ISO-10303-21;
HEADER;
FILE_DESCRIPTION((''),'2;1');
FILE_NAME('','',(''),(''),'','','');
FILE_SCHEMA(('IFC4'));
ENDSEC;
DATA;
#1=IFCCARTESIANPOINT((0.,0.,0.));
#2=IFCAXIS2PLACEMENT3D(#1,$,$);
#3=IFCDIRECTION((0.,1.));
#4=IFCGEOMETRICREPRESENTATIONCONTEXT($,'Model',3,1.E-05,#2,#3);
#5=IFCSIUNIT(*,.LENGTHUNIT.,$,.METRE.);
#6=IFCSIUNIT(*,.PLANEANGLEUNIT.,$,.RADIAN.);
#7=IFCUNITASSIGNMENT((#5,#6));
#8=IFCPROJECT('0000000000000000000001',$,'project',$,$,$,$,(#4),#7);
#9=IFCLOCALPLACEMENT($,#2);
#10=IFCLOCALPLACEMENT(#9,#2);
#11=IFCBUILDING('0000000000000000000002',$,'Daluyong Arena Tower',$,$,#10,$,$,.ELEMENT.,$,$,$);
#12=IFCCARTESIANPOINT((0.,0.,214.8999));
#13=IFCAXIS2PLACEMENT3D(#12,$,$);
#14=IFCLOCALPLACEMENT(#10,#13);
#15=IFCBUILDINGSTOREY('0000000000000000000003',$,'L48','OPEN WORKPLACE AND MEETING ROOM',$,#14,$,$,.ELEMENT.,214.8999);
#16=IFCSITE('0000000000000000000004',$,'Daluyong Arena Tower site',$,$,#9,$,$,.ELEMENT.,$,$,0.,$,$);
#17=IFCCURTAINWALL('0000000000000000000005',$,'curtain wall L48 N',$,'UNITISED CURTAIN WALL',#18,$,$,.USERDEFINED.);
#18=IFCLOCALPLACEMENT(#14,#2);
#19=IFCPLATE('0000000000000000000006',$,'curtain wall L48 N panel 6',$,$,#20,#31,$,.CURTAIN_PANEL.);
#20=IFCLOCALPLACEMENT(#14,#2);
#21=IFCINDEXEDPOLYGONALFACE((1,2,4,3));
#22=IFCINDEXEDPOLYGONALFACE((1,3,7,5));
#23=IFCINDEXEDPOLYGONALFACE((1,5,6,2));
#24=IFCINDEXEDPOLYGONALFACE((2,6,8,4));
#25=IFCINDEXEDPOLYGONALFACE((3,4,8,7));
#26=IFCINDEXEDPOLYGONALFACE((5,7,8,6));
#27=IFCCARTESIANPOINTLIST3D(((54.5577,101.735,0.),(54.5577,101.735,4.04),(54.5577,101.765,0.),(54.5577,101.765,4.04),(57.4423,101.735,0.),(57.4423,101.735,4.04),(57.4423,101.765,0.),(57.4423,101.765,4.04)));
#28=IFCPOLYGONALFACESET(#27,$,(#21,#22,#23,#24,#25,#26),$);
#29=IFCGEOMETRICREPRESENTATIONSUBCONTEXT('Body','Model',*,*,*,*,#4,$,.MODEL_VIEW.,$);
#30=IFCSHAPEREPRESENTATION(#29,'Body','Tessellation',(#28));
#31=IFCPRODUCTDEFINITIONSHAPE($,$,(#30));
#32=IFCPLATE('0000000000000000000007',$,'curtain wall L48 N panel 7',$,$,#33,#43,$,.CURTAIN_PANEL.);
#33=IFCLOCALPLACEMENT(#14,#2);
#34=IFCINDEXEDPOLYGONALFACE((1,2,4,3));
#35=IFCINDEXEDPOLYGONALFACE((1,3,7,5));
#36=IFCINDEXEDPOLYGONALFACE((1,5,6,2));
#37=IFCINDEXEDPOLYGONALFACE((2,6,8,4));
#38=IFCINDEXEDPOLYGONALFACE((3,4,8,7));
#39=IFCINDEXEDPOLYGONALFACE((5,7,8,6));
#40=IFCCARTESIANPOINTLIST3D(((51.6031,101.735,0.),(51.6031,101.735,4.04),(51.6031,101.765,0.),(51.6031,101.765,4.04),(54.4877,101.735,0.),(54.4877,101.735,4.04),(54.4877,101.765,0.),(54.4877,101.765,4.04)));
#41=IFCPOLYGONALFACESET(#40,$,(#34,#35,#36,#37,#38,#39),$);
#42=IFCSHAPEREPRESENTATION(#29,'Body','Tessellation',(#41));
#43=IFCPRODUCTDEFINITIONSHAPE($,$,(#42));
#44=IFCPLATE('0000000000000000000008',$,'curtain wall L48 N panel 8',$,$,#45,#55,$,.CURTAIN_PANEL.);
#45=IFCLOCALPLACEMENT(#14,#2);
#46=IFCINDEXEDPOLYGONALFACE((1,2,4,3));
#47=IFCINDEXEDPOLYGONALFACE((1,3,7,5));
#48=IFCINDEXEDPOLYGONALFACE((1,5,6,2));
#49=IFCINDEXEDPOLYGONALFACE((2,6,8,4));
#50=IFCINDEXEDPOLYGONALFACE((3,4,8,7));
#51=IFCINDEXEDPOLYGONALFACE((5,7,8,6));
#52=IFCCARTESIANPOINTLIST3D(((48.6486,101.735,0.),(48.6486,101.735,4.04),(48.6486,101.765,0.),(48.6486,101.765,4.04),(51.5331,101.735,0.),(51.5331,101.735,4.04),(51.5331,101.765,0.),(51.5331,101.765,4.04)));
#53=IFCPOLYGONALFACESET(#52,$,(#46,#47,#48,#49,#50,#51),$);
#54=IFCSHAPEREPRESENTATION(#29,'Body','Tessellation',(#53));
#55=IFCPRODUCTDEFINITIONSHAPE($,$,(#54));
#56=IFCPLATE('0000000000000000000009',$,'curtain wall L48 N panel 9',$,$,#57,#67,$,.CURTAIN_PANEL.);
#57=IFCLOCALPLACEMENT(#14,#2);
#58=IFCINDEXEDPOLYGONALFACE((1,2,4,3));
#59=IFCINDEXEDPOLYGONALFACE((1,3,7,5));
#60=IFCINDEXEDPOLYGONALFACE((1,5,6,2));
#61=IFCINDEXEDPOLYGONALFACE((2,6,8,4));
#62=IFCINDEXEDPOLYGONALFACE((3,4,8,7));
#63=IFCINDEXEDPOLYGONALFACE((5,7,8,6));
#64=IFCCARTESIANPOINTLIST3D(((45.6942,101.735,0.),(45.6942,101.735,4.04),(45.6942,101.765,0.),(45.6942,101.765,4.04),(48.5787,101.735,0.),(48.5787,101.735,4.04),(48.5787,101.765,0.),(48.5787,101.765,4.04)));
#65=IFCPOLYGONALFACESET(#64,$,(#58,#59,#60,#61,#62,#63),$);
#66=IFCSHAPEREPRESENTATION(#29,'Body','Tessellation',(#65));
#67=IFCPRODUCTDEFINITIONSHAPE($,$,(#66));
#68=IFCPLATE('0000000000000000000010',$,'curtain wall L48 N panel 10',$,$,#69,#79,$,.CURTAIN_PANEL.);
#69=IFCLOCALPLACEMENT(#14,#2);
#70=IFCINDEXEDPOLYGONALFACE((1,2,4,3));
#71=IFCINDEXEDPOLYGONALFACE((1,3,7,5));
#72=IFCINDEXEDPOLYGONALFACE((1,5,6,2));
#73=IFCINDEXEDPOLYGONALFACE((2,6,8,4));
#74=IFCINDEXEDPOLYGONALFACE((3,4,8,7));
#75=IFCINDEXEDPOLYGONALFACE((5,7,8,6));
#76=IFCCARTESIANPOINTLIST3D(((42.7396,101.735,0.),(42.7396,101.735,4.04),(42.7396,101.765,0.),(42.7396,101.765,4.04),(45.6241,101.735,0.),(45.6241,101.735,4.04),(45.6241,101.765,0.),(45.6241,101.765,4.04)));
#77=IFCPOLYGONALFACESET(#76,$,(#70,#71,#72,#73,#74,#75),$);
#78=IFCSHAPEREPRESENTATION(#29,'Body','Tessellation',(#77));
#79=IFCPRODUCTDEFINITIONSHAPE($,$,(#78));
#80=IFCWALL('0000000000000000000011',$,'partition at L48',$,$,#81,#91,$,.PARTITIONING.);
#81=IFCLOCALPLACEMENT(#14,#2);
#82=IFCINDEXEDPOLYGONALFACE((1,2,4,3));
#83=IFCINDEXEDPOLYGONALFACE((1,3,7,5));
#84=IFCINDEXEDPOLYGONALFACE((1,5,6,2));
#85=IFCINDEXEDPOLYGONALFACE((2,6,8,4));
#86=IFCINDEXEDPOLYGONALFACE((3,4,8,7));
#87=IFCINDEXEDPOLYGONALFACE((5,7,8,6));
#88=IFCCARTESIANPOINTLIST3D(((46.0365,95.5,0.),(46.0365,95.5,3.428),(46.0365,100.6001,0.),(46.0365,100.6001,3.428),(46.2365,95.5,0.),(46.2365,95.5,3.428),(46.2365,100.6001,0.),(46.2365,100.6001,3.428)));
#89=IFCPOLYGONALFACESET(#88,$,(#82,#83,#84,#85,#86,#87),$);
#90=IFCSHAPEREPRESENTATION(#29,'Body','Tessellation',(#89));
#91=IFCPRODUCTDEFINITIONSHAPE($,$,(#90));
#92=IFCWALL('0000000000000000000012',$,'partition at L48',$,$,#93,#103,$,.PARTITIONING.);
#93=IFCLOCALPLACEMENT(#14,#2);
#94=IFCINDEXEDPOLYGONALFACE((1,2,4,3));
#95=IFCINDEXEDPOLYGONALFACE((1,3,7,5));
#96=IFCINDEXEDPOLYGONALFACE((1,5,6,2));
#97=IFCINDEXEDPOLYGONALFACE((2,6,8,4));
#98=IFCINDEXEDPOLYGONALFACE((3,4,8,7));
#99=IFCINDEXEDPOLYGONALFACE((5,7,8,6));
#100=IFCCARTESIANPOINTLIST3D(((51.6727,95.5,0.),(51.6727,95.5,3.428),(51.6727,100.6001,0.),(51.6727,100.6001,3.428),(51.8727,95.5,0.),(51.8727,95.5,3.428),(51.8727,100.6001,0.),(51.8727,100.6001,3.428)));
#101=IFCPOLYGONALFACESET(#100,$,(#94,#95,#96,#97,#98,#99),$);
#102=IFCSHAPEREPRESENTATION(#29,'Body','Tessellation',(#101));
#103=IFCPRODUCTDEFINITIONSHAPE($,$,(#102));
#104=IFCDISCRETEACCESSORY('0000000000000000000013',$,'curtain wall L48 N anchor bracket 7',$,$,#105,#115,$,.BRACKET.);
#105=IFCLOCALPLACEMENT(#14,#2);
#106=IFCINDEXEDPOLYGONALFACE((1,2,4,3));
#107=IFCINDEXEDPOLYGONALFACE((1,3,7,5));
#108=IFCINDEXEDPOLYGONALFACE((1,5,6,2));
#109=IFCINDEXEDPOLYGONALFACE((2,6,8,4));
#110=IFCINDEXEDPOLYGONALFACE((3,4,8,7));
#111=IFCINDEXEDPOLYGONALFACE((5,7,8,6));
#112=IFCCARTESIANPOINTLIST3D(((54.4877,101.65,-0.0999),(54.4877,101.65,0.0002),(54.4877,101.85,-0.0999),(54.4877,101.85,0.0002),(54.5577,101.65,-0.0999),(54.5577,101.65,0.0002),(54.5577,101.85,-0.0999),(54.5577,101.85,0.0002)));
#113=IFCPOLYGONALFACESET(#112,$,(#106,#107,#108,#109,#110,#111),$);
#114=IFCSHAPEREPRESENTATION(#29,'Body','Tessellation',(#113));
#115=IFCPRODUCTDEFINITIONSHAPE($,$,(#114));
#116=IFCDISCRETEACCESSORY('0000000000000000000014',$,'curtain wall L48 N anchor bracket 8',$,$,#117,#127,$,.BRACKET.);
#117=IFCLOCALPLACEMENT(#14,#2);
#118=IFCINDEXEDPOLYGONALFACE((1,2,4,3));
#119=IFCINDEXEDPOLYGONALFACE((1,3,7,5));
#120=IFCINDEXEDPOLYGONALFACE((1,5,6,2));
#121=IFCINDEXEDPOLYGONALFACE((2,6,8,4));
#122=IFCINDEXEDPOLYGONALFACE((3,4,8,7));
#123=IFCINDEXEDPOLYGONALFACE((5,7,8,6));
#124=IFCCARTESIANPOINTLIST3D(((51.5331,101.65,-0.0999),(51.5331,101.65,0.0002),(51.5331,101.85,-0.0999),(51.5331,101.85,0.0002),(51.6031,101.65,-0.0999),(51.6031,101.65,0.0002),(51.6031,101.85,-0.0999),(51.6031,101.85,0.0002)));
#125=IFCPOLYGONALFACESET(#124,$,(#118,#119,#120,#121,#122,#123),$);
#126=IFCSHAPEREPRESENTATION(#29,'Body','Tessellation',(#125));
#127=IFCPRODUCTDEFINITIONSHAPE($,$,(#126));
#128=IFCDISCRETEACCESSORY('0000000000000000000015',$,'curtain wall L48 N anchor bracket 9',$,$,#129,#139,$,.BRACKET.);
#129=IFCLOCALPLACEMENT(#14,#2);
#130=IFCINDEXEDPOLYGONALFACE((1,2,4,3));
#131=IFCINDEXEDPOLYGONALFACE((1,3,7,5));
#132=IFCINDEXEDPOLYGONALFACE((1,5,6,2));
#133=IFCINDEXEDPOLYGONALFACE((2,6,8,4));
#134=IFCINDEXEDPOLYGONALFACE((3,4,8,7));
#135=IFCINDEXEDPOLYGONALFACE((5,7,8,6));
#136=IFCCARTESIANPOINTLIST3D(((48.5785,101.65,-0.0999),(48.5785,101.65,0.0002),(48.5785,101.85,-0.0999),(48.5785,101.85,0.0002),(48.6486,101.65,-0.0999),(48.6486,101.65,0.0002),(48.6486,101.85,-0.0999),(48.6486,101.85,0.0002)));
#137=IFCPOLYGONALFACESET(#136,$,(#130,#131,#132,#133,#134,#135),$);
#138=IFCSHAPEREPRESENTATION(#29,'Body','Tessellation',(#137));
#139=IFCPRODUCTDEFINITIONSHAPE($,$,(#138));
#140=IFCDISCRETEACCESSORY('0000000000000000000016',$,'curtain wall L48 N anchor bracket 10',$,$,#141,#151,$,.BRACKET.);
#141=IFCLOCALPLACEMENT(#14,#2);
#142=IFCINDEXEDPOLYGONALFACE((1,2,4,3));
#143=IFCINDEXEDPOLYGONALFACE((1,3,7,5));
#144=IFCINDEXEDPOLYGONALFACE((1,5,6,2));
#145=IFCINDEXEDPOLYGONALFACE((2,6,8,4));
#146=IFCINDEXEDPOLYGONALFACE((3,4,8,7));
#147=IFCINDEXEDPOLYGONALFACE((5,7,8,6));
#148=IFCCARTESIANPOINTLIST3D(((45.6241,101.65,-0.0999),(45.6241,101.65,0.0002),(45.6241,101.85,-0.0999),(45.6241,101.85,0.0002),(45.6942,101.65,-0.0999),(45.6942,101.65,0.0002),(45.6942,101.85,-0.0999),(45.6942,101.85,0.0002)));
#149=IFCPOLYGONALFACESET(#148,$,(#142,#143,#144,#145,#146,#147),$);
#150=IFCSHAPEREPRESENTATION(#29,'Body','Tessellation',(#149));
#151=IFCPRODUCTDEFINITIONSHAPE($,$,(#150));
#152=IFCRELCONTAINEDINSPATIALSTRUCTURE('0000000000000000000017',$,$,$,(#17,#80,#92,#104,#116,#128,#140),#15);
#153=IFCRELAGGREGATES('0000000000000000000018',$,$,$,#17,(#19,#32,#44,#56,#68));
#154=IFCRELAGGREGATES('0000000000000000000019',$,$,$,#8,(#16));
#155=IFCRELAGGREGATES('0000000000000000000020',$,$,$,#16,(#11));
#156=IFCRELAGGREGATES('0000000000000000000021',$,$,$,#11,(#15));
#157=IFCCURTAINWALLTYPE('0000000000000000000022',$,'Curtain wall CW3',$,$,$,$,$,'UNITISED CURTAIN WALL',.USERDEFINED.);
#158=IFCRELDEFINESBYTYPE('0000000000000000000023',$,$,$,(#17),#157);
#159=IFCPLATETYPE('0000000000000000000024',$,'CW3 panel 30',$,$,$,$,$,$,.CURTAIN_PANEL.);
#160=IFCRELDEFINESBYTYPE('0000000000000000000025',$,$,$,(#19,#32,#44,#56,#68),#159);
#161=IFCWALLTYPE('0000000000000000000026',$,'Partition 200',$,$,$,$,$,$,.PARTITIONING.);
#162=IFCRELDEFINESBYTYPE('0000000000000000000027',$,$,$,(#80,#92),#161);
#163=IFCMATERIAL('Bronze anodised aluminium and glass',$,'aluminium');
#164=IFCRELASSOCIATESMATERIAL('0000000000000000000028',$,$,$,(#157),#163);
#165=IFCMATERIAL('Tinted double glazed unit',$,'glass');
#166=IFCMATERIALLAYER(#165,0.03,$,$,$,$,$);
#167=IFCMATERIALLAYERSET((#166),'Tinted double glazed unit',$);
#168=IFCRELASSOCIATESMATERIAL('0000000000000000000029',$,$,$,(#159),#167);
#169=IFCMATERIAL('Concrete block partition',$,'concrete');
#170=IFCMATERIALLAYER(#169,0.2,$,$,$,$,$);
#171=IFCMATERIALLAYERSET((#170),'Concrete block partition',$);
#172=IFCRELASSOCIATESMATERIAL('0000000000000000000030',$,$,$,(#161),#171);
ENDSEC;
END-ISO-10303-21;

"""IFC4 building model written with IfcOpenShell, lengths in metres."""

from ifc_helpers import new_model, si_unit, direction, frame, frame_2d, origin, origin_2d, place, context, subcontext, project, spatial, rectangle, extrude, material, layer, layer_set, type_object, element, aggregate, save


model = new_model("IFC4")

# Units and contexts
model_context = context("Model", 3, precision=1e-05, world=origin(), true_north=direction((0.0, 1.0)))
body_context = subcontext(model_context, "Body", "Model", "MODEL_VIEW")
ifc_project = project(units=[si_unit("LENGTHUNIT", "METRE"), si_unit("PLANEANGLEUNIT", "RADIAN")], contexts=[model_context])

# Site, building, storey
site_placement = place(None, origin())
site = spatial("IfcSite", under=ifc_project, at=site_placement, Name="Daluyong Arena Tower site", CompositionType="ELEMENT", RefElevation=0.0)
building_placement = place(site_placement, origin())
building = spatial("IfcBuilding", under=site, at=building_placement, Name="Daluyong Arena Tower", CompositionType="ELEMENT")
storey_placement = place(building_placement, frame((0.0, 0.0, 214.8999)))
storey = spatial("IfcBuildingStorey", under=building, at=storey_placement, Name="L48", Description="OPEN WORKPLACE AND MEETING ROOM", CompositionType="ELEMENT", Elevation=214.8999)

# Curtain wall
ifc_material_1 = material(Name="Bronze anodised aluminium and glass", Category="aluminium")
curtain_wall_type = type_object("IfcCurtainWallType", Name="Curtain wall CW3", ElementType="UNITISED CURTAIN WALL", PredefinedType="USERDEFINED", material=ifc_material_1)
curtain_wall_placement = place(storey_placement, origin())
curtain_wall = element("IfcCurtainWall", 1, at=curtain_wall_placement, inside=storey, type_object=curtain_wall_type, Name="curtain wall L48 N", ObjectType="UNITISED CURTAIN WALL", PredefinedType="USERDEFINED")

# Plates
ifc_material_2 = material(Name="Tinted double glazed unit", Category="glass")
ifc_layer_1 = layer(ifc_material_2, 0.03)
ifc_layer_set_1 = layer_set([ifc_layer_1], Name="Tinted double glazed unit")
plate_type = type_object("IfcPlateType", Name="CW3 panel 30", PredefinedType="CURTAIN_PANEL", material=ifc_layer_set_1)
plate_1_placement = place(storey_placement, frame((56.0, 101.75, 0.0), z_axis=(0.0, 0.0, 1.0), x_axis=(-1.0, 0.0, 0.0)))
plate_1 = element("IfcPlate", 2, at=plate_1_placement, type_object=plate_type, Name="curtain wall L48 N panel 6", PredefinedType="CURTAIN_PANEL", context=body_context, shape_type="SweptSolid", body=[
    extrude(rectangle(XDim=2.8845, YDim=0.03, at=origin_2d()), origin(), (0.0, 0.0, 1.0), 4.04),
])
plate_2_placement = place(storey_placement, frame((53.0454, 101.75, 0.0), z_axis=(0.0, 0.0, 1.0), x_axis=(-1.0, 0.0, 0.0)))
plate_2 = element("IfcPlate", 3, at=plate_2_placement, type_object=plate_type, Name="curtain wall L48 N panel 7", PredefinedType="CURTAIN_PANEL", context=body_context, shape_type="SweptSolid", body=[
    extrude(rectangle(XDim=2.8845, YDim=0.03, at=origin_2d()), origin(), (0.0, 0.0, 1.0), 4.04),
])
plate_3_placement = place(storey_placement, frame((50.0908, 101.75, 0.0), z_axis=(0.0, 0.0, 1.0), x_axis=(-1.0, 0.0, 0.0)))
plate_3 = element("IfcPlate", 4, at=plate_3_placement, type_object=plate_type, Name="curtain wall L48 N panel 8", PredefinedType="CURTAIN_PANEL", context=body_context, shape_type="SweptSolid", body=[
    extrude(rectangle(XDim=2.8845, YDim=0.03, at=origin_2d()), origin(), (0.0, 0.0, 1.0), 4.04),
])
plate_4_placement = place(storey_placement, frame((47.1365, 101.75, 0.0), z_axis=(0.0, 0.0, 1.0), x_axis=(-1.0, 0.0, 0.0)))
plate_4 = element("IfcPlate", 5, at=plate_4_placement, type_object=plate_type, Name="curtain wall L48 N panel 9", PredefinedType="CURTAIN_PANEL", context=body_context, shape_type="SweptSolid", body=[
    extrude(rectangle(XDim=2.8845, YDim=0.03, at=origin_2d()), origin(), (0.0, 0.0, 1.0), 4.04),
])
plate_5_placement = place(storey_placement, frame((44.1819, 101.75, 0.0), z_axis=(0.0, 0.0, 1.0), x_axis=(-1.0, 0.0, 0.0)))
plate_5 = element("IfcPlate", 6, at=plate_5_placement, type_object=plate_type, Name="curtain wall L48 N panel 10", PredefinedType="CURTAIN_PANEL", context=body_context, shape_type="SweptSolid", body=[
    extrude(rectangle(XDim=2.8845, YDim=0.03, at=origin_2d()), origin(), (0.0, 0.0, 1.0), 4.04),
])
aggregate(curtain_wall, [plate_1, plate_2, plate_3, plate_4, plate_5])

# Walls
ifc_material_3 = material(Name="Concrete block partition", Category="concrete")
ifc_layer_2 = layer(ifc_material_3, 0.2)
ifc_layer_set_2 = layer_set([ifc_layer_2], Name="Concrete block partition")
wall_type = type_object("IfcWallType", Name="Partition 200", PredefinedType="PARTITIONING", material=ifc_layer_set_2)
for number, where, z_axis, x_axis, name in (
    (7, (46.1365, 95.5, 0.0), (0.0, 0.0, 1.0), (0.0, 1.0, 0.0), "partition at L48"),
    (8, (51.7727, 95.5, 0.0), (0.0, 0.0, 1.0), (0.0, 1.0, 0.0), "partition at L48"),
):
    element("IfcWall", number, at=place(storey_placement, frame(where, z_axis=z_axis, x_axis=x_axis)), inside=storey, type_object=wall_type, Name=name, PredefinedType="PARTITIONING", context=body_context, shape_type="SweptSolid", body=[
        extrude(rectangle(XDim=5.1001, YDim=0.2, at=frame_2d((2.55, 0.0))), origin(), (0.0, 0.0, 1.0), 3.428),
    ])

# Discrete accessories
for number, where, z_axis, x_axis, name in (
    (9, (54.5227, 101.75, -0.0999), (0.0, 0.0, 1.0), (-1.0, 0.0, 0.0), "curtain wall L48 N anchor bracket 7"),
    (10, (51.5681, 101.75, -0.0999), (0.0, 0.0, 1.0), (-1.0, 0.0, 0.0), "curtain wall L48 N anchor bracket 8"),
    (11, (48.6135, 101.75, -0.0999), (0.0, 0.0, 1.0), (-1.0, 0.0, 0.0), "curtain wall L48 N anchor bracket 9"),
    (12, (45.6592, 101.75, -0.0999), (0.0, 0.0, 1.0), (-1.0, 0.0, 0.0), "curtain wall L48 N anchor bracket 10"),
):
    element("IfcDiscreteAccessory", number, at=place(storey_placement, frame(where, z_axis=z_axis, x_axis=x_axis)), inside=storey, Name=name, PredefinedType="BRACKET", context=body_context, shape_type="SweptSolid", body=[
        extrude(rectangle(XDim=0.0701, YDim=0.2, at=origin_2d()), origin(), (0.0, 0.0, 1.0), 0.1001),
    ])

save(model, "model.ifc")
